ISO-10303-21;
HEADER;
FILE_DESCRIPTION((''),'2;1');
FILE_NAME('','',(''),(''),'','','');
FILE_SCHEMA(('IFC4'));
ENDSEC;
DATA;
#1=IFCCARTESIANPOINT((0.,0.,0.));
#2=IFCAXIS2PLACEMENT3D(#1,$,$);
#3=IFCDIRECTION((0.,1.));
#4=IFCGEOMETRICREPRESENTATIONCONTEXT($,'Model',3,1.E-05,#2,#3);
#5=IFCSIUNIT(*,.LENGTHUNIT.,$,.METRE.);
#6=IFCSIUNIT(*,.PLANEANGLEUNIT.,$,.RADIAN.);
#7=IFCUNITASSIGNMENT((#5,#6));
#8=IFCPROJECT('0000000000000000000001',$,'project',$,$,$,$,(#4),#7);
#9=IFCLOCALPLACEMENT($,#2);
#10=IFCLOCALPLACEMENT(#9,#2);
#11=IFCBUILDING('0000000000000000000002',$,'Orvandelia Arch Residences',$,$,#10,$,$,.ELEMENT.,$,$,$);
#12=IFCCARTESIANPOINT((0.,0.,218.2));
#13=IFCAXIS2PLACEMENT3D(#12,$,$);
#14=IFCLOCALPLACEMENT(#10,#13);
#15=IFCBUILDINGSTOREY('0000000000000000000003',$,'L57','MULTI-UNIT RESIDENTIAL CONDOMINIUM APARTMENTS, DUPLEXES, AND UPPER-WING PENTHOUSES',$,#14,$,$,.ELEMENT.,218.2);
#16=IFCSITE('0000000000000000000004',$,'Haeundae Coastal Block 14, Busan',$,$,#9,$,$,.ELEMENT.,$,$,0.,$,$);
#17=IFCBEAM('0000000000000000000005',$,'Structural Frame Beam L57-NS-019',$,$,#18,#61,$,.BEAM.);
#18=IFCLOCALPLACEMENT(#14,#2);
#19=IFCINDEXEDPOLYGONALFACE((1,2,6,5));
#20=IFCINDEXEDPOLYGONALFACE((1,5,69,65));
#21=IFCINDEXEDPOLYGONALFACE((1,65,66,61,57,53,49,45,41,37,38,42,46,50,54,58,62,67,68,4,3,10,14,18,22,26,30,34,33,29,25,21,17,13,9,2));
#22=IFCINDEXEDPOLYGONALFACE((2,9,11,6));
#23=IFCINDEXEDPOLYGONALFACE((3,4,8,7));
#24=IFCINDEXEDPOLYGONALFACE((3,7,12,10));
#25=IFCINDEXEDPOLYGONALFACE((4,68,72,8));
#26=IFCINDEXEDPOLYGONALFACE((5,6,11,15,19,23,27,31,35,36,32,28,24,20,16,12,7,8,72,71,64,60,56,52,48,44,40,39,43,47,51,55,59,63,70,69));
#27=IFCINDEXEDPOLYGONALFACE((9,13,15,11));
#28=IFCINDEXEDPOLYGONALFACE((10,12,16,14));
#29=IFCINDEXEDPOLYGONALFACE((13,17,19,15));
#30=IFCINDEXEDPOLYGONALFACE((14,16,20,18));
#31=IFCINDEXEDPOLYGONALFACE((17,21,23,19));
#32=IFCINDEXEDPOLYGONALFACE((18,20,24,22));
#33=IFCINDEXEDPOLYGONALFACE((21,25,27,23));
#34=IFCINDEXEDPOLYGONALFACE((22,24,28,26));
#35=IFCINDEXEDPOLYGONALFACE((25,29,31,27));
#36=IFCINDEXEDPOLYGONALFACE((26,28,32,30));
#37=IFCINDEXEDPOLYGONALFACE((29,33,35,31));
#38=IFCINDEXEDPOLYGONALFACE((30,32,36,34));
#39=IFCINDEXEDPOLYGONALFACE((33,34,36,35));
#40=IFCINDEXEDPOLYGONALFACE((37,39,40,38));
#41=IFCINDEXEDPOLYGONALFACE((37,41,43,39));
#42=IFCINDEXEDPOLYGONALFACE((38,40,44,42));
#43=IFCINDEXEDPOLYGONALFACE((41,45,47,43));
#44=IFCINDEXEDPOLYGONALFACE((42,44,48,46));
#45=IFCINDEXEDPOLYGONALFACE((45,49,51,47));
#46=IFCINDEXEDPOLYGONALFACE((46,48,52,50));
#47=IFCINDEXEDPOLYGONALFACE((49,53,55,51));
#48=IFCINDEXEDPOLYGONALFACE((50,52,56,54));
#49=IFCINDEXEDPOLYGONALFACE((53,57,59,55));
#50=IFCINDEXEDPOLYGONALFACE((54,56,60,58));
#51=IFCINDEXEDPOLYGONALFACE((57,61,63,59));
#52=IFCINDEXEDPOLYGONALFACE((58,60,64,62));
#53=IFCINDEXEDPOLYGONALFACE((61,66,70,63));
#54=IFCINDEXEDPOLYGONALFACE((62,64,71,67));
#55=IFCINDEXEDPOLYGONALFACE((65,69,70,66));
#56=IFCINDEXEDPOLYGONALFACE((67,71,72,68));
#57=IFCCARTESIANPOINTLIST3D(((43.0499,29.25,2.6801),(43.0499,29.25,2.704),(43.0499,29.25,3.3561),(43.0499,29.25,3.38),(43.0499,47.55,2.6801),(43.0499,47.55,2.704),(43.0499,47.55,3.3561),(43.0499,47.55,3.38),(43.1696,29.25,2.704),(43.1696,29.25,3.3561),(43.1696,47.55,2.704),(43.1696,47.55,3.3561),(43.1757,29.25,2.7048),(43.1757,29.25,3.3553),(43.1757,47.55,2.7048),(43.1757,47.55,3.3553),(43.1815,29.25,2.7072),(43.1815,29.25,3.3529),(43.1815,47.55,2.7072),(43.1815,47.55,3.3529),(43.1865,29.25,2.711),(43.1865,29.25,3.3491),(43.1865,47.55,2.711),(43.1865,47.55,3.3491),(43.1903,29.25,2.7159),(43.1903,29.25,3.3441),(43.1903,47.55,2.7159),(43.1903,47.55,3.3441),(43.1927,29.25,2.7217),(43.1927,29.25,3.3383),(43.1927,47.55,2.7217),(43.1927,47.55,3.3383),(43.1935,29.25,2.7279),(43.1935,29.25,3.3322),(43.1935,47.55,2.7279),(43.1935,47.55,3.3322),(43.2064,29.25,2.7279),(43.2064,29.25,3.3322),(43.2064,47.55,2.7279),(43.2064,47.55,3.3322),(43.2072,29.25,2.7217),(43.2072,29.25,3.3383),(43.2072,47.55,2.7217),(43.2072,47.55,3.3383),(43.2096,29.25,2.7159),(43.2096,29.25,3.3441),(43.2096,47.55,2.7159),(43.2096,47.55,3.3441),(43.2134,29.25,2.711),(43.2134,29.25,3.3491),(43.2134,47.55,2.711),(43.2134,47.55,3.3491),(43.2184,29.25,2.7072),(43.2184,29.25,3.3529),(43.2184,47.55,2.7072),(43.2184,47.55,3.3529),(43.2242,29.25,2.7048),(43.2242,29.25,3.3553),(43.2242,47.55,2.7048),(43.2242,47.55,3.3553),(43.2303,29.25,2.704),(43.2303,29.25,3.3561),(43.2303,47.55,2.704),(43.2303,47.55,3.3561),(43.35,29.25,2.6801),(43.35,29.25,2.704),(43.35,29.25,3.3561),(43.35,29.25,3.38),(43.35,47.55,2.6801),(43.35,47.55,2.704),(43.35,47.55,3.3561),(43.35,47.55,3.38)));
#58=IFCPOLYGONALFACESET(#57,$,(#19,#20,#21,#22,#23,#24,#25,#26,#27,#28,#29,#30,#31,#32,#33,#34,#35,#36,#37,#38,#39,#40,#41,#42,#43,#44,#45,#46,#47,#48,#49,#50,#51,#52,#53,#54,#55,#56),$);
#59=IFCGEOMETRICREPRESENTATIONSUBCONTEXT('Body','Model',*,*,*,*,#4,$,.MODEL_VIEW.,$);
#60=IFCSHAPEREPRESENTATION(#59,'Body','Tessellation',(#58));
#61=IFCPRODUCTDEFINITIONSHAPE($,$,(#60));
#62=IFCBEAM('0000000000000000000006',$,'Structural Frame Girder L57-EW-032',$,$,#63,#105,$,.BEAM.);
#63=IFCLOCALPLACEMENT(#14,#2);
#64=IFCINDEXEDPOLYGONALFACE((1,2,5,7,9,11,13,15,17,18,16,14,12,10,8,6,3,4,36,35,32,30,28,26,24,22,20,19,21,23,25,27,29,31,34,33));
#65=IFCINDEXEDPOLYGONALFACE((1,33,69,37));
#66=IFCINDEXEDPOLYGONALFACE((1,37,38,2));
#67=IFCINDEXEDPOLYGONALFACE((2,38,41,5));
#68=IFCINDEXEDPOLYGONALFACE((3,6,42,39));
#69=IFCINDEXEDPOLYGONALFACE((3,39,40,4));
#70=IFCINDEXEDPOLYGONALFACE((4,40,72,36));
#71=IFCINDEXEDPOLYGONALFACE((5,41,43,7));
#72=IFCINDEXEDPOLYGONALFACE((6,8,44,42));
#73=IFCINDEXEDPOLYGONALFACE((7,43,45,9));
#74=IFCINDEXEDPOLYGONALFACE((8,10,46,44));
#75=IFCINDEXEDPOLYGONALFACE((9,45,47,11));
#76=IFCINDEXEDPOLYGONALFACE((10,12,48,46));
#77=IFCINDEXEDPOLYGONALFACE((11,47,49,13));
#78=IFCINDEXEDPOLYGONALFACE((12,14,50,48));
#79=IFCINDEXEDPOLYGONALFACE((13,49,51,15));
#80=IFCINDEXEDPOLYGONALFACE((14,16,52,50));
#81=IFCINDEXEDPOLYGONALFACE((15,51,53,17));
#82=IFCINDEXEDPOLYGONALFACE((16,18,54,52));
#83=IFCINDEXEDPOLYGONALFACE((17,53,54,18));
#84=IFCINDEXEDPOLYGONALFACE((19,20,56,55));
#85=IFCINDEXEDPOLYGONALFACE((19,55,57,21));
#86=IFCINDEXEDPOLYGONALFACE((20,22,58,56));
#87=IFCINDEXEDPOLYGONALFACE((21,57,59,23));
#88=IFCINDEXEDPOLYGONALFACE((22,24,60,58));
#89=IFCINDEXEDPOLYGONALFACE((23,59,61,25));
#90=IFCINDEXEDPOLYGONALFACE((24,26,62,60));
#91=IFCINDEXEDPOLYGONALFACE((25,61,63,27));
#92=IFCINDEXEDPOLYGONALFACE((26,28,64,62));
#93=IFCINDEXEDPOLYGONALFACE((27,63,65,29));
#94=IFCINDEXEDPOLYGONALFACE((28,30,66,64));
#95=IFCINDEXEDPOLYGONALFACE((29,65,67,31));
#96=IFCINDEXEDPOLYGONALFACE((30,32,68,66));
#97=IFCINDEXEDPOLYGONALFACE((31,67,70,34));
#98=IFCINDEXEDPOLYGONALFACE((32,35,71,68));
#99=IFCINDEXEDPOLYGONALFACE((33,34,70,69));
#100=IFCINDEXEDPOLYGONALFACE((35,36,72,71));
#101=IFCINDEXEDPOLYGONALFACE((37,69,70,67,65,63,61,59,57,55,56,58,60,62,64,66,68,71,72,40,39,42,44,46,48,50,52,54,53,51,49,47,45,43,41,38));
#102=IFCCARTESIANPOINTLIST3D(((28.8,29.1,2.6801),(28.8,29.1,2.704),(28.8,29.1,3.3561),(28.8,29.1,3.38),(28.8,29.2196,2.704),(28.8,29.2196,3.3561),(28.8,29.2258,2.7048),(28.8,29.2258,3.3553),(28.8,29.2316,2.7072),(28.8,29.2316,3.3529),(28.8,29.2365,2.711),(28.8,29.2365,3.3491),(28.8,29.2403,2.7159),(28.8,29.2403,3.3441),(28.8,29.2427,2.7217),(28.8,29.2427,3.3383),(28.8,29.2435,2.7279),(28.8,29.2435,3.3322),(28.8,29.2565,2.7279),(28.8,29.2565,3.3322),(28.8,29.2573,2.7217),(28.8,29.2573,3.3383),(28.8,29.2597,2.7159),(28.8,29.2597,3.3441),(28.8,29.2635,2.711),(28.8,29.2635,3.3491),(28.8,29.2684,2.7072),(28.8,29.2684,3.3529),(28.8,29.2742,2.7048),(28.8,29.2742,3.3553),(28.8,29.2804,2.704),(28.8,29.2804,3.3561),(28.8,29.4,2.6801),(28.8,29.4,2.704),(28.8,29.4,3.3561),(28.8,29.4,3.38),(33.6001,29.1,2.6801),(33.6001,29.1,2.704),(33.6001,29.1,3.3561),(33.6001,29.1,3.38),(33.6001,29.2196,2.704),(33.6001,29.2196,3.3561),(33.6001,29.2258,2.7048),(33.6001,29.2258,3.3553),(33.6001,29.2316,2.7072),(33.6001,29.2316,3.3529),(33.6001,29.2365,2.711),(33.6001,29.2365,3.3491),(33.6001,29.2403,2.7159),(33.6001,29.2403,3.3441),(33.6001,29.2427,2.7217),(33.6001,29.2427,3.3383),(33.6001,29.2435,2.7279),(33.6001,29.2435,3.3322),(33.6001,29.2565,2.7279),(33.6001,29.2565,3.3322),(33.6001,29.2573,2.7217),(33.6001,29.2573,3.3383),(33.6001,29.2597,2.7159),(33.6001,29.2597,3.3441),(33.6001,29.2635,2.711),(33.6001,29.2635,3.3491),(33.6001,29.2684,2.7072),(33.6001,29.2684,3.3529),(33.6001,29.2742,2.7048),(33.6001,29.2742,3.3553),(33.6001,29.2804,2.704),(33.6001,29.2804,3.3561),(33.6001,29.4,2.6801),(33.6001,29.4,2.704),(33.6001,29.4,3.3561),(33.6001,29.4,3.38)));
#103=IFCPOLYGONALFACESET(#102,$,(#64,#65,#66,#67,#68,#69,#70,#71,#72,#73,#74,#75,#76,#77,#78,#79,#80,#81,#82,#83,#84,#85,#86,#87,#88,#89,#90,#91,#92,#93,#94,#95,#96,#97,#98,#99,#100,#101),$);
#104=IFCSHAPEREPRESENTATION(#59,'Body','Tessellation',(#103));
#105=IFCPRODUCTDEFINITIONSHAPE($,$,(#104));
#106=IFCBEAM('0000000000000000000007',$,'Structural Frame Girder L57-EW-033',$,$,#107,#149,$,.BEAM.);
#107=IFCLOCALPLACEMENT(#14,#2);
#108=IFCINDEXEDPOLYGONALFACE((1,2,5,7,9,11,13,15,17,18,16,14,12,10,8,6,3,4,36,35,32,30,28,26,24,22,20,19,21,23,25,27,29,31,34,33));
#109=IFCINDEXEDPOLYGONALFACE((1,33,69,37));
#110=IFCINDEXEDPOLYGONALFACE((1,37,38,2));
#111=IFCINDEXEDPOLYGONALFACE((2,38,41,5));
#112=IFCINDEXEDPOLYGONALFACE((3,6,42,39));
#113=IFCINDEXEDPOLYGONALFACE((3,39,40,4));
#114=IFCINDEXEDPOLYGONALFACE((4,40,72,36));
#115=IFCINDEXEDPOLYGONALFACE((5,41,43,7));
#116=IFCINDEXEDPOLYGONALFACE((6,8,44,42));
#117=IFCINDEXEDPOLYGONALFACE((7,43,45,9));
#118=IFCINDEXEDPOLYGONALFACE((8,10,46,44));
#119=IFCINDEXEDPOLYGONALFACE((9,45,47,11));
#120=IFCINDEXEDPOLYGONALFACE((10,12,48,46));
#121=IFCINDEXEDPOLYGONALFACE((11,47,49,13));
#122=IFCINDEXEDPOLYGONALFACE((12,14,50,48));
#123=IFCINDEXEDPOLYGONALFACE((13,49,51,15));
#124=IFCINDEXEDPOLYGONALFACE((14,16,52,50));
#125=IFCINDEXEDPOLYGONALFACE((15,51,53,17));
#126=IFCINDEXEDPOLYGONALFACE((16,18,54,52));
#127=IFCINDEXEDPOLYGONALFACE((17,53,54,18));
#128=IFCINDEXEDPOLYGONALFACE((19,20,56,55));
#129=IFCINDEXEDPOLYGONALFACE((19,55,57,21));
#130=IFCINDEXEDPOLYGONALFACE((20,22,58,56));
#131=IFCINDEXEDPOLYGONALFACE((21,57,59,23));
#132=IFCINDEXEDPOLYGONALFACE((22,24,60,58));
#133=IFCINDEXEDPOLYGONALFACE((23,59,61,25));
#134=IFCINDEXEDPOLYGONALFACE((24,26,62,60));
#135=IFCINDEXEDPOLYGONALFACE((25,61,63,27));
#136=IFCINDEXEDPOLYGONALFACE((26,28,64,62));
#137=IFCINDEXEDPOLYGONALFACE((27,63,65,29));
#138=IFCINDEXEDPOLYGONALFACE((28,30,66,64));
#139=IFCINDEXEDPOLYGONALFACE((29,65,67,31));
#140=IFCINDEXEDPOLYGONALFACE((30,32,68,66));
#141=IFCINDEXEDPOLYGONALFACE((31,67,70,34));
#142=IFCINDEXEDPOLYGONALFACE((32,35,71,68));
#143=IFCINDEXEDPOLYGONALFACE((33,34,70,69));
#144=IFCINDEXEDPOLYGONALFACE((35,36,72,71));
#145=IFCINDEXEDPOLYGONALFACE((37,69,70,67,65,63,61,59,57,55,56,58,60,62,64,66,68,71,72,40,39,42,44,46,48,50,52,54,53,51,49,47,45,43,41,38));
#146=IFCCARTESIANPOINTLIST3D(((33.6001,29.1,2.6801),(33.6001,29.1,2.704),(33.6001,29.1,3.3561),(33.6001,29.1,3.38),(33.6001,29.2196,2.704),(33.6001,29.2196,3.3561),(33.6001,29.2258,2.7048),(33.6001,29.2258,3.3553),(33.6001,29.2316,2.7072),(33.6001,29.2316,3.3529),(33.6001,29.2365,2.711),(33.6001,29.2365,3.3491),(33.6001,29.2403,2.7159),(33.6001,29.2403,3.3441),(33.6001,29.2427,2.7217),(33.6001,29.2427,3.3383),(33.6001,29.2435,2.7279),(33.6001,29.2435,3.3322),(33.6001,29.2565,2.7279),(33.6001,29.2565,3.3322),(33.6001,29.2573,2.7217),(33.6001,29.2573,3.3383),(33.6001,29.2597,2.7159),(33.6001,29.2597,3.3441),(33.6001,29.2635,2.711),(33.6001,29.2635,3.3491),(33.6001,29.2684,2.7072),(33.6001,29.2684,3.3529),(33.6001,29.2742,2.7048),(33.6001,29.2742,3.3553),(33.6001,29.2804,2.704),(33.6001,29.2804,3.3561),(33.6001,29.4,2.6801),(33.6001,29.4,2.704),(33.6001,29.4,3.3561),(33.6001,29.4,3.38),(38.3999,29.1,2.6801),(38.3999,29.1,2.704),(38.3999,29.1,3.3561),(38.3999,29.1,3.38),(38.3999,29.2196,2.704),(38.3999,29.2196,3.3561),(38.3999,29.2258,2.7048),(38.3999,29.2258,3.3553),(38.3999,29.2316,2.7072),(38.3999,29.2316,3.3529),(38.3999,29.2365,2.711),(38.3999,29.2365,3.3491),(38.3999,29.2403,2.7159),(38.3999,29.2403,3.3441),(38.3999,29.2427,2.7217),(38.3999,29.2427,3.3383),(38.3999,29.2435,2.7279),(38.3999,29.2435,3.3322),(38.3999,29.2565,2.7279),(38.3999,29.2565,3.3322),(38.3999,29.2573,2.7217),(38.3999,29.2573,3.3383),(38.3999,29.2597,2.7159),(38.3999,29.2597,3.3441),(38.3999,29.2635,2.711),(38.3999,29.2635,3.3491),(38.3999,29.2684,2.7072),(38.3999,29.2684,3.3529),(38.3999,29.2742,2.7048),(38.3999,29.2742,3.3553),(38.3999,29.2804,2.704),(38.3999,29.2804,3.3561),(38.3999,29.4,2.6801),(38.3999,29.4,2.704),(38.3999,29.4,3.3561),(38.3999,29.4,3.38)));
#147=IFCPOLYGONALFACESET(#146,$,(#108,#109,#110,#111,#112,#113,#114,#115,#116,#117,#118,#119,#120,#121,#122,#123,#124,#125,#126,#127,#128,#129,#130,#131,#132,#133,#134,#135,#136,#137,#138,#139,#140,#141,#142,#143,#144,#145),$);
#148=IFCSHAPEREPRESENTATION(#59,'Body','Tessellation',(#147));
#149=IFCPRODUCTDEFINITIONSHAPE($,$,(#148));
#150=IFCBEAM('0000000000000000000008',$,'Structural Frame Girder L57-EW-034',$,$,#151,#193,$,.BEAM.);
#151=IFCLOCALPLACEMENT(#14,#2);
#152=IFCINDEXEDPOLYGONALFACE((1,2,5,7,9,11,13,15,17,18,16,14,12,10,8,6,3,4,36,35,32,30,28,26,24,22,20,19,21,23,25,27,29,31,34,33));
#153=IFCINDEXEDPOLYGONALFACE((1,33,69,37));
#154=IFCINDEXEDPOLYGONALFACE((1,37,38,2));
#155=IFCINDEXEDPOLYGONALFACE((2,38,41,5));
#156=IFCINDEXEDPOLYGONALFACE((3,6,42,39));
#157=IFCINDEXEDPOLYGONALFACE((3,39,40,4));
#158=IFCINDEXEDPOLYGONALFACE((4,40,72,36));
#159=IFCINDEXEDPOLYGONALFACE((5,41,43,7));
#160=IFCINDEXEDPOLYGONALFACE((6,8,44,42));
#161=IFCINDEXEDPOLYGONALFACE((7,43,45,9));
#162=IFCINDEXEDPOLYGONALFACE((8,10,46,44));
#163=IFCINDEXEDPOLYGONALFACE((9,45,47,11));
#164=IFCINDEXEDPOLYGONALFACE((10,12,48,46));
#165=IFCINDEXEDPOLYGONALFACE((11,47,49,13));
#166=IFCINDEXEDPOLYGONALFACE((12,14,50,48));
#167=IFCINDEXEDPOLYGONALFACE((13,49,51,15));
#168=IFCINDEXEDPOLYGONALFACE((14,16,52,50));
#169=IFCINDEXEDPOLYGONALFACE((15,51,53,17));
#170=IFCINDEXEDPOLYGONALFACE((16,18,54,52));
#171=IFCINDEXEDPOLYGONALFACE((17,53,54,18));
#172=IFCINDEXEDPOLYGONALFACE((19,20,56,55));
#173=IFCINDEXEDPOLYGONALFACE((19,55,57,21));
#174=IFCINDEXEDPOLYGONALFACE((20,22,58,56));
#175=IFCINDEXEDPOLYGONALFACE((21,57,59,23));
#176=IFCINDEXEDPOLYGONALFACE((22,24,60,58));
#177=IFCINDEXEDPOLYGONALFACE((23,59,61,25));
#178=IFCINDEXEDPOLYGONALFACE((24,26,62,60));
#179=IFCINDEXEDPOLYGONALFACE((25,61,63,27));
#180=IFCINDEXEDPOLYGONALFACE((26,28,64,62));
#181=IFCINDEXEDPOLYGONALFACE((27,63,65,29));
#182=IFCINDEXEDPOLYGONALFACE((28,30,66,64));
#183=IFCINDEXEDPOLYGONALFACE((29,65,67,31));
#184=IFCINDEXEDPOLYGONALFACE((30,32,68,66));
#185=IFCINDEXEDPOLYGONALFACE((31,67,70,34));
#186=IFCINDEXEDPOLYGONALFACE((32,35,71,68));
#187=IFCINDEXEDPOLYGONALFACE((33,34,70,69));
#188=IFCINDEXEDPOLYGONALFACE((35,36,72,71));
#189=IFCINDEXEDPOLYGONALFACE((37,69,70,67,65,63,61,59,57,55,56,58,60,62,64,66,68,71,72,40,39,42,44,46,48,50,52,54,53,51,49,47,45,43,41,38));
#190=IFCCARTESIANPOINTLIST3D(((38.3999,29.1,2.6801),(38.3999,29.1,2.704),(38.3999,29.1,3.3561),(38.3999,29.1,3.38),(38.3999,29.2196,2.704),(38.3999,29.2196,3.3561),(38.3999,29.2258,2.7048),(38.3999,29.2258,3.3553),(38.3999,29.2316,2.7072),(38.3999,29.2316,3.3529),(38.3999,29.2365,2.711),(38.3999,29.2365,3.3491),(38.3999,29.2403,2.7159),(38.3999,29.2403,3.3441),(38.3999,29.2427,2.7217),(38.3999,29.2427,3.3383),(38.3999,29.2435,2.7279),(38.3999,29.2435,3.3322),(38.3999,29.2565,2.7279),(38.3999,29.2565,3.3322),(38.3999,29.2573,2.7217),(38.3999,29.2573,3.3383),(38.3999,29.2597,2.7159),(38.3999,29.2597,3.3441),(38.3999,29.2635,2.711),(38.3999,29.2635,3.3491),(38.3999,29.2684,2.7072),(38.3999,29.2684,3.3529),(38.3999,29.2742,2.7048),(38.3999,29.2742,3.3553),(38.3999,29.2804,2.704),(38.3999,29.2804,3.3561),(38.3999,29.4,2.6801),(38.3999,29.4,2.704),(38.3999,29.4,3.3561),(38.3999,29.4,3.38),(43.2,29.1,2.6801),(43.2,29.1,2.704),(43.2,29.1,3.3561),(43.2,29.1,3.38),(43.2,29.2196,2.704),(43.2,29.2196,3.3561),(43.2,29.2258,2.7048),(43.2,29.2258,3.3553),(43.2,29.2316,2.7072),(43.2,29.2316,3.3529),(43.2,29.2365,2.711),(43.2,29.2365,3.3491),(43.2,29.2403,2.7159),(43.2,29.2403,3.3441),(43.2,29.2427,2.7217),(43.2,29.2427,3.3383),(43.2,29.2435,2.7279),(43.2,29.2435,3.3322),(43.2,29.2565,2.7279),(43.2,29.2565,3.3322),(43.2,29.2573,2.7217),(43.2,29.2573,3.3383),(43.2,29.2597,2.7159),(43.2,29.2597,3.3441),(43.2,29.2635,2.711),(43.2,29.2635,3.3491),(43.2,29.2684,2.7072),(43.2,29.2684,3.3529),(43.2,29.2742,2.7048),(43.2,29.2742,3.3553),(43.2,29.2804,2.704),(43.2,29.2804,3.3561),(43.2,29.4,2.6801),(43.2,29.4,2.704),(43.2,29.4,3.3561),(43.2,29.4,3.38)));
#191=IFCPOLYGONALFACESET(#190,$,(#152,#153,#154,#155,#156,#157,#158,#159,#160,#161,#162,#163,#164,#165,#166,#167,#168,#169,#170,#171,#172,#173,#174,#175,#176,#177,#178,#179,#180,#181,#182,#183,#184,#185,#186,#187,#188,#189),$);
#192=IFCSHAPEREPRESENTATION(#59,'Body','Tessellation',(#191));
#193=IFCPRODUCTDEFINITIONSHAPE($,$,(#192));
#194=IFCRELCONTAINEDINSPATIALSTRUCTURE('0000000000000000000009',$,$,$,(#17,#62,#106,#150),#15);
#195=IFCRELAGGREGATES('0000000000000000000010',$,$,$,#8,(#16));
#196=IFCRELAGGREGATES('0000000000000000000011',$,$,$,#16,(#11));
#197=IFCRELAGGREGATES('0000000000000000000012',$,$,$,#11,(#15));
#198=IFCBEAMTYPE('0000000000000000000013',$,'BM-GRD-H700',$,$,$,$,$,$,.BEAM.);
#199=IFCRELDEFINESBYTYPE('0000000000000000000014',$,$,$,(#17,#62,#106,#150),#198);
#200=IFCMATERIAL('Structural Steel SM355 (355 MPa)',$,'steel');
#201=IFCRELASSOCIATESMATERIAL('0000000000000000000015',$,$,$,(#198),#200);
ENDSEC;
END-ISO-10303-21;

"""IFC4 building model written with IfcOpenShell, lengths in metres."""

from ifc_helpers import new_model, si_unit, direction, frame, origin, origin_2d, place, context, subcontext, project, spatial, i_section, extrude, material, material_profile, profile_set, type_object, element, save


model = new_model("IFC4")

# Units and contexts
model_context = context("Model", 3, precision=1e-05, world=origin(), true_north=direction((0.0, 1.0)))
body_context = subcontext(model_context, "Body", "Model", "MODEL_VIEW")
ifc_project = project(units=[si_unit("LENGTHUNIT", "METRE"), si_unit("PLANEANGLEUNIT", "RADIAN")], contexts=[model_context])

# Site, building, storey
site_placement = place(None, origin())
site = spatial("IfcSite", under=ifc_project, at=site_placement, Name="Haeundae Coastal Block 14, Busan", CompositionType="ELEMENT", RefElevation=0.0)
building_placement = place(site_placement, origin())
building = spatial("IfcBuilding", under=site, at=building_placement, Name="Orvandelia Arch Residences", CompositionType="ELEMENT")
storey_placement = place(building_placement, frame((0.0, 0.0, 218.2)))
storey = spatial("IfcBuildingStorey", under=building, at=storey_placement, Name="L57", Description="MULTI-UNIT RESIDENTIAL CONDOMINIUM APARTMENTS, DUPLEXES, AND UPPER-WING PENTHOUSES", CompositionType="ELEMENT", Elevation=218.2)

# Beams
ifc_material_1 = material(Name="Structural Steel SM355 (355 MPa)", Category="steel")
ifc_material_profile_1 = material_profile(ifc_material_1, i_section(OverallWidth=0.3, OverallDepth=0.7, WebThickness=0.0129, FlangeThickness=0.0239, FilletRadius=0.0239, at=origin_2d()), Name="Structural Steel SM355 (355 MPa)", Category="steel")
ifc_profile_set_1 = profile_set([ifc_material_profile_1], Name="Structural Steel SM355 (355 MPa)")
beam_type = type_object("IfcBeamType", Name="BM-GRD-H700", PredefinedType="BEAM", material=ifc_profile_set_1)
for number, where, z_axis, x_axis, name in (
    (1, (43.2, 29.25, 3.03), (0.0, 1.0, 0.0), (-1.0, 0.0, 0.0), "Structural Frame Beam L57-NS-019"),
):
    element("IfcBeam", number, at=place(storey_placement, frame(where, z_axis=z_axis, x_axis=x_axis)), inside=storey, type_object=beam_type, Name=name, PredefinedType="BEAM", context=body_context, shape_type="SweptSolid", body=[
        extrude(i_section(OverallWidth=0.3, OverallDepth=0.7, WebThickness=0.0129, FlangeThickness=0.0239, FilletRadius=0.0239, at=origin_2d()), origin(), (0.0, 0.0, 1.0), 18.3),
    ])
beam_1_placement = place(storey_placement, frame((28.8, 29.25, 3.03), z_axis=(1.0, 0.0, 0.0), x_axis=(0.0, 1.0, 0.0)))
element("IfcBeam", 2, at=beam_1_placement, inside=storey, type_object=beam_type, Name="Structural Frame Girder L57-EW-032", PredefinedType="BEAM", context=body_context, shape_type="SweptSolid", body=[
    extrude(i_section(OverallWidth=0.3, OverallDepth=0.7, WebThickness=0.0129, FlangeThickness=0.0239, FilletRadius=0.0239, at=origin_2d()), origin(), (0.0, 0.0, 1.0), 4.8),
])
beam_2_placement = place(storey_placement, frame((33.6001, 29.25, 3.03), z_axis=(1.0, 0.0, 0.0), x_axis=(0.0, 1.0, 0.0)))
element("IfcBeam", 3, at=beam_2_placement, inside=storey, type_object=beam_type, Name="Structural Frame Girder L57-EW-033", PredefinedType="BEAM", context=body_context, shape_type="SweptSolid", body=[
    extrude(i_section(OverallWidth=0.3, OverallDepth=0.7, WebThickness=0.0129, FlangeThickness=0.0239, FilletRadius=0.0239, at=origin_2d()), origin(), (0.0, 0.0, 1.0), 4.7998),
])
beam_3_placement = place(storey_placement, frame((38.3999, 29.25, 3.03), z_axis=(1.0, 0.0, 0.0), x_axis=(0.0, 1.0, 0.0)))
element("IfcBeam", 4, at=beam_3_placement, inside=storey, type_object=beam_type, Name="Structural Frame Girder L57-EW-034", PredefinedType="BEAM", context=body_context, shape_type="SweptSolid", body=[
    extrude(i_section(OverallWidth=0.3, OverallDepth=0.7, WebThickness=0.0129, FlangeThickness=0.0239, FilletRadius=0.0239, at=origin_2d()), origin(), (0.0, 0.0, 1.0), 4.8),
])

save(model, "model.ifc")
